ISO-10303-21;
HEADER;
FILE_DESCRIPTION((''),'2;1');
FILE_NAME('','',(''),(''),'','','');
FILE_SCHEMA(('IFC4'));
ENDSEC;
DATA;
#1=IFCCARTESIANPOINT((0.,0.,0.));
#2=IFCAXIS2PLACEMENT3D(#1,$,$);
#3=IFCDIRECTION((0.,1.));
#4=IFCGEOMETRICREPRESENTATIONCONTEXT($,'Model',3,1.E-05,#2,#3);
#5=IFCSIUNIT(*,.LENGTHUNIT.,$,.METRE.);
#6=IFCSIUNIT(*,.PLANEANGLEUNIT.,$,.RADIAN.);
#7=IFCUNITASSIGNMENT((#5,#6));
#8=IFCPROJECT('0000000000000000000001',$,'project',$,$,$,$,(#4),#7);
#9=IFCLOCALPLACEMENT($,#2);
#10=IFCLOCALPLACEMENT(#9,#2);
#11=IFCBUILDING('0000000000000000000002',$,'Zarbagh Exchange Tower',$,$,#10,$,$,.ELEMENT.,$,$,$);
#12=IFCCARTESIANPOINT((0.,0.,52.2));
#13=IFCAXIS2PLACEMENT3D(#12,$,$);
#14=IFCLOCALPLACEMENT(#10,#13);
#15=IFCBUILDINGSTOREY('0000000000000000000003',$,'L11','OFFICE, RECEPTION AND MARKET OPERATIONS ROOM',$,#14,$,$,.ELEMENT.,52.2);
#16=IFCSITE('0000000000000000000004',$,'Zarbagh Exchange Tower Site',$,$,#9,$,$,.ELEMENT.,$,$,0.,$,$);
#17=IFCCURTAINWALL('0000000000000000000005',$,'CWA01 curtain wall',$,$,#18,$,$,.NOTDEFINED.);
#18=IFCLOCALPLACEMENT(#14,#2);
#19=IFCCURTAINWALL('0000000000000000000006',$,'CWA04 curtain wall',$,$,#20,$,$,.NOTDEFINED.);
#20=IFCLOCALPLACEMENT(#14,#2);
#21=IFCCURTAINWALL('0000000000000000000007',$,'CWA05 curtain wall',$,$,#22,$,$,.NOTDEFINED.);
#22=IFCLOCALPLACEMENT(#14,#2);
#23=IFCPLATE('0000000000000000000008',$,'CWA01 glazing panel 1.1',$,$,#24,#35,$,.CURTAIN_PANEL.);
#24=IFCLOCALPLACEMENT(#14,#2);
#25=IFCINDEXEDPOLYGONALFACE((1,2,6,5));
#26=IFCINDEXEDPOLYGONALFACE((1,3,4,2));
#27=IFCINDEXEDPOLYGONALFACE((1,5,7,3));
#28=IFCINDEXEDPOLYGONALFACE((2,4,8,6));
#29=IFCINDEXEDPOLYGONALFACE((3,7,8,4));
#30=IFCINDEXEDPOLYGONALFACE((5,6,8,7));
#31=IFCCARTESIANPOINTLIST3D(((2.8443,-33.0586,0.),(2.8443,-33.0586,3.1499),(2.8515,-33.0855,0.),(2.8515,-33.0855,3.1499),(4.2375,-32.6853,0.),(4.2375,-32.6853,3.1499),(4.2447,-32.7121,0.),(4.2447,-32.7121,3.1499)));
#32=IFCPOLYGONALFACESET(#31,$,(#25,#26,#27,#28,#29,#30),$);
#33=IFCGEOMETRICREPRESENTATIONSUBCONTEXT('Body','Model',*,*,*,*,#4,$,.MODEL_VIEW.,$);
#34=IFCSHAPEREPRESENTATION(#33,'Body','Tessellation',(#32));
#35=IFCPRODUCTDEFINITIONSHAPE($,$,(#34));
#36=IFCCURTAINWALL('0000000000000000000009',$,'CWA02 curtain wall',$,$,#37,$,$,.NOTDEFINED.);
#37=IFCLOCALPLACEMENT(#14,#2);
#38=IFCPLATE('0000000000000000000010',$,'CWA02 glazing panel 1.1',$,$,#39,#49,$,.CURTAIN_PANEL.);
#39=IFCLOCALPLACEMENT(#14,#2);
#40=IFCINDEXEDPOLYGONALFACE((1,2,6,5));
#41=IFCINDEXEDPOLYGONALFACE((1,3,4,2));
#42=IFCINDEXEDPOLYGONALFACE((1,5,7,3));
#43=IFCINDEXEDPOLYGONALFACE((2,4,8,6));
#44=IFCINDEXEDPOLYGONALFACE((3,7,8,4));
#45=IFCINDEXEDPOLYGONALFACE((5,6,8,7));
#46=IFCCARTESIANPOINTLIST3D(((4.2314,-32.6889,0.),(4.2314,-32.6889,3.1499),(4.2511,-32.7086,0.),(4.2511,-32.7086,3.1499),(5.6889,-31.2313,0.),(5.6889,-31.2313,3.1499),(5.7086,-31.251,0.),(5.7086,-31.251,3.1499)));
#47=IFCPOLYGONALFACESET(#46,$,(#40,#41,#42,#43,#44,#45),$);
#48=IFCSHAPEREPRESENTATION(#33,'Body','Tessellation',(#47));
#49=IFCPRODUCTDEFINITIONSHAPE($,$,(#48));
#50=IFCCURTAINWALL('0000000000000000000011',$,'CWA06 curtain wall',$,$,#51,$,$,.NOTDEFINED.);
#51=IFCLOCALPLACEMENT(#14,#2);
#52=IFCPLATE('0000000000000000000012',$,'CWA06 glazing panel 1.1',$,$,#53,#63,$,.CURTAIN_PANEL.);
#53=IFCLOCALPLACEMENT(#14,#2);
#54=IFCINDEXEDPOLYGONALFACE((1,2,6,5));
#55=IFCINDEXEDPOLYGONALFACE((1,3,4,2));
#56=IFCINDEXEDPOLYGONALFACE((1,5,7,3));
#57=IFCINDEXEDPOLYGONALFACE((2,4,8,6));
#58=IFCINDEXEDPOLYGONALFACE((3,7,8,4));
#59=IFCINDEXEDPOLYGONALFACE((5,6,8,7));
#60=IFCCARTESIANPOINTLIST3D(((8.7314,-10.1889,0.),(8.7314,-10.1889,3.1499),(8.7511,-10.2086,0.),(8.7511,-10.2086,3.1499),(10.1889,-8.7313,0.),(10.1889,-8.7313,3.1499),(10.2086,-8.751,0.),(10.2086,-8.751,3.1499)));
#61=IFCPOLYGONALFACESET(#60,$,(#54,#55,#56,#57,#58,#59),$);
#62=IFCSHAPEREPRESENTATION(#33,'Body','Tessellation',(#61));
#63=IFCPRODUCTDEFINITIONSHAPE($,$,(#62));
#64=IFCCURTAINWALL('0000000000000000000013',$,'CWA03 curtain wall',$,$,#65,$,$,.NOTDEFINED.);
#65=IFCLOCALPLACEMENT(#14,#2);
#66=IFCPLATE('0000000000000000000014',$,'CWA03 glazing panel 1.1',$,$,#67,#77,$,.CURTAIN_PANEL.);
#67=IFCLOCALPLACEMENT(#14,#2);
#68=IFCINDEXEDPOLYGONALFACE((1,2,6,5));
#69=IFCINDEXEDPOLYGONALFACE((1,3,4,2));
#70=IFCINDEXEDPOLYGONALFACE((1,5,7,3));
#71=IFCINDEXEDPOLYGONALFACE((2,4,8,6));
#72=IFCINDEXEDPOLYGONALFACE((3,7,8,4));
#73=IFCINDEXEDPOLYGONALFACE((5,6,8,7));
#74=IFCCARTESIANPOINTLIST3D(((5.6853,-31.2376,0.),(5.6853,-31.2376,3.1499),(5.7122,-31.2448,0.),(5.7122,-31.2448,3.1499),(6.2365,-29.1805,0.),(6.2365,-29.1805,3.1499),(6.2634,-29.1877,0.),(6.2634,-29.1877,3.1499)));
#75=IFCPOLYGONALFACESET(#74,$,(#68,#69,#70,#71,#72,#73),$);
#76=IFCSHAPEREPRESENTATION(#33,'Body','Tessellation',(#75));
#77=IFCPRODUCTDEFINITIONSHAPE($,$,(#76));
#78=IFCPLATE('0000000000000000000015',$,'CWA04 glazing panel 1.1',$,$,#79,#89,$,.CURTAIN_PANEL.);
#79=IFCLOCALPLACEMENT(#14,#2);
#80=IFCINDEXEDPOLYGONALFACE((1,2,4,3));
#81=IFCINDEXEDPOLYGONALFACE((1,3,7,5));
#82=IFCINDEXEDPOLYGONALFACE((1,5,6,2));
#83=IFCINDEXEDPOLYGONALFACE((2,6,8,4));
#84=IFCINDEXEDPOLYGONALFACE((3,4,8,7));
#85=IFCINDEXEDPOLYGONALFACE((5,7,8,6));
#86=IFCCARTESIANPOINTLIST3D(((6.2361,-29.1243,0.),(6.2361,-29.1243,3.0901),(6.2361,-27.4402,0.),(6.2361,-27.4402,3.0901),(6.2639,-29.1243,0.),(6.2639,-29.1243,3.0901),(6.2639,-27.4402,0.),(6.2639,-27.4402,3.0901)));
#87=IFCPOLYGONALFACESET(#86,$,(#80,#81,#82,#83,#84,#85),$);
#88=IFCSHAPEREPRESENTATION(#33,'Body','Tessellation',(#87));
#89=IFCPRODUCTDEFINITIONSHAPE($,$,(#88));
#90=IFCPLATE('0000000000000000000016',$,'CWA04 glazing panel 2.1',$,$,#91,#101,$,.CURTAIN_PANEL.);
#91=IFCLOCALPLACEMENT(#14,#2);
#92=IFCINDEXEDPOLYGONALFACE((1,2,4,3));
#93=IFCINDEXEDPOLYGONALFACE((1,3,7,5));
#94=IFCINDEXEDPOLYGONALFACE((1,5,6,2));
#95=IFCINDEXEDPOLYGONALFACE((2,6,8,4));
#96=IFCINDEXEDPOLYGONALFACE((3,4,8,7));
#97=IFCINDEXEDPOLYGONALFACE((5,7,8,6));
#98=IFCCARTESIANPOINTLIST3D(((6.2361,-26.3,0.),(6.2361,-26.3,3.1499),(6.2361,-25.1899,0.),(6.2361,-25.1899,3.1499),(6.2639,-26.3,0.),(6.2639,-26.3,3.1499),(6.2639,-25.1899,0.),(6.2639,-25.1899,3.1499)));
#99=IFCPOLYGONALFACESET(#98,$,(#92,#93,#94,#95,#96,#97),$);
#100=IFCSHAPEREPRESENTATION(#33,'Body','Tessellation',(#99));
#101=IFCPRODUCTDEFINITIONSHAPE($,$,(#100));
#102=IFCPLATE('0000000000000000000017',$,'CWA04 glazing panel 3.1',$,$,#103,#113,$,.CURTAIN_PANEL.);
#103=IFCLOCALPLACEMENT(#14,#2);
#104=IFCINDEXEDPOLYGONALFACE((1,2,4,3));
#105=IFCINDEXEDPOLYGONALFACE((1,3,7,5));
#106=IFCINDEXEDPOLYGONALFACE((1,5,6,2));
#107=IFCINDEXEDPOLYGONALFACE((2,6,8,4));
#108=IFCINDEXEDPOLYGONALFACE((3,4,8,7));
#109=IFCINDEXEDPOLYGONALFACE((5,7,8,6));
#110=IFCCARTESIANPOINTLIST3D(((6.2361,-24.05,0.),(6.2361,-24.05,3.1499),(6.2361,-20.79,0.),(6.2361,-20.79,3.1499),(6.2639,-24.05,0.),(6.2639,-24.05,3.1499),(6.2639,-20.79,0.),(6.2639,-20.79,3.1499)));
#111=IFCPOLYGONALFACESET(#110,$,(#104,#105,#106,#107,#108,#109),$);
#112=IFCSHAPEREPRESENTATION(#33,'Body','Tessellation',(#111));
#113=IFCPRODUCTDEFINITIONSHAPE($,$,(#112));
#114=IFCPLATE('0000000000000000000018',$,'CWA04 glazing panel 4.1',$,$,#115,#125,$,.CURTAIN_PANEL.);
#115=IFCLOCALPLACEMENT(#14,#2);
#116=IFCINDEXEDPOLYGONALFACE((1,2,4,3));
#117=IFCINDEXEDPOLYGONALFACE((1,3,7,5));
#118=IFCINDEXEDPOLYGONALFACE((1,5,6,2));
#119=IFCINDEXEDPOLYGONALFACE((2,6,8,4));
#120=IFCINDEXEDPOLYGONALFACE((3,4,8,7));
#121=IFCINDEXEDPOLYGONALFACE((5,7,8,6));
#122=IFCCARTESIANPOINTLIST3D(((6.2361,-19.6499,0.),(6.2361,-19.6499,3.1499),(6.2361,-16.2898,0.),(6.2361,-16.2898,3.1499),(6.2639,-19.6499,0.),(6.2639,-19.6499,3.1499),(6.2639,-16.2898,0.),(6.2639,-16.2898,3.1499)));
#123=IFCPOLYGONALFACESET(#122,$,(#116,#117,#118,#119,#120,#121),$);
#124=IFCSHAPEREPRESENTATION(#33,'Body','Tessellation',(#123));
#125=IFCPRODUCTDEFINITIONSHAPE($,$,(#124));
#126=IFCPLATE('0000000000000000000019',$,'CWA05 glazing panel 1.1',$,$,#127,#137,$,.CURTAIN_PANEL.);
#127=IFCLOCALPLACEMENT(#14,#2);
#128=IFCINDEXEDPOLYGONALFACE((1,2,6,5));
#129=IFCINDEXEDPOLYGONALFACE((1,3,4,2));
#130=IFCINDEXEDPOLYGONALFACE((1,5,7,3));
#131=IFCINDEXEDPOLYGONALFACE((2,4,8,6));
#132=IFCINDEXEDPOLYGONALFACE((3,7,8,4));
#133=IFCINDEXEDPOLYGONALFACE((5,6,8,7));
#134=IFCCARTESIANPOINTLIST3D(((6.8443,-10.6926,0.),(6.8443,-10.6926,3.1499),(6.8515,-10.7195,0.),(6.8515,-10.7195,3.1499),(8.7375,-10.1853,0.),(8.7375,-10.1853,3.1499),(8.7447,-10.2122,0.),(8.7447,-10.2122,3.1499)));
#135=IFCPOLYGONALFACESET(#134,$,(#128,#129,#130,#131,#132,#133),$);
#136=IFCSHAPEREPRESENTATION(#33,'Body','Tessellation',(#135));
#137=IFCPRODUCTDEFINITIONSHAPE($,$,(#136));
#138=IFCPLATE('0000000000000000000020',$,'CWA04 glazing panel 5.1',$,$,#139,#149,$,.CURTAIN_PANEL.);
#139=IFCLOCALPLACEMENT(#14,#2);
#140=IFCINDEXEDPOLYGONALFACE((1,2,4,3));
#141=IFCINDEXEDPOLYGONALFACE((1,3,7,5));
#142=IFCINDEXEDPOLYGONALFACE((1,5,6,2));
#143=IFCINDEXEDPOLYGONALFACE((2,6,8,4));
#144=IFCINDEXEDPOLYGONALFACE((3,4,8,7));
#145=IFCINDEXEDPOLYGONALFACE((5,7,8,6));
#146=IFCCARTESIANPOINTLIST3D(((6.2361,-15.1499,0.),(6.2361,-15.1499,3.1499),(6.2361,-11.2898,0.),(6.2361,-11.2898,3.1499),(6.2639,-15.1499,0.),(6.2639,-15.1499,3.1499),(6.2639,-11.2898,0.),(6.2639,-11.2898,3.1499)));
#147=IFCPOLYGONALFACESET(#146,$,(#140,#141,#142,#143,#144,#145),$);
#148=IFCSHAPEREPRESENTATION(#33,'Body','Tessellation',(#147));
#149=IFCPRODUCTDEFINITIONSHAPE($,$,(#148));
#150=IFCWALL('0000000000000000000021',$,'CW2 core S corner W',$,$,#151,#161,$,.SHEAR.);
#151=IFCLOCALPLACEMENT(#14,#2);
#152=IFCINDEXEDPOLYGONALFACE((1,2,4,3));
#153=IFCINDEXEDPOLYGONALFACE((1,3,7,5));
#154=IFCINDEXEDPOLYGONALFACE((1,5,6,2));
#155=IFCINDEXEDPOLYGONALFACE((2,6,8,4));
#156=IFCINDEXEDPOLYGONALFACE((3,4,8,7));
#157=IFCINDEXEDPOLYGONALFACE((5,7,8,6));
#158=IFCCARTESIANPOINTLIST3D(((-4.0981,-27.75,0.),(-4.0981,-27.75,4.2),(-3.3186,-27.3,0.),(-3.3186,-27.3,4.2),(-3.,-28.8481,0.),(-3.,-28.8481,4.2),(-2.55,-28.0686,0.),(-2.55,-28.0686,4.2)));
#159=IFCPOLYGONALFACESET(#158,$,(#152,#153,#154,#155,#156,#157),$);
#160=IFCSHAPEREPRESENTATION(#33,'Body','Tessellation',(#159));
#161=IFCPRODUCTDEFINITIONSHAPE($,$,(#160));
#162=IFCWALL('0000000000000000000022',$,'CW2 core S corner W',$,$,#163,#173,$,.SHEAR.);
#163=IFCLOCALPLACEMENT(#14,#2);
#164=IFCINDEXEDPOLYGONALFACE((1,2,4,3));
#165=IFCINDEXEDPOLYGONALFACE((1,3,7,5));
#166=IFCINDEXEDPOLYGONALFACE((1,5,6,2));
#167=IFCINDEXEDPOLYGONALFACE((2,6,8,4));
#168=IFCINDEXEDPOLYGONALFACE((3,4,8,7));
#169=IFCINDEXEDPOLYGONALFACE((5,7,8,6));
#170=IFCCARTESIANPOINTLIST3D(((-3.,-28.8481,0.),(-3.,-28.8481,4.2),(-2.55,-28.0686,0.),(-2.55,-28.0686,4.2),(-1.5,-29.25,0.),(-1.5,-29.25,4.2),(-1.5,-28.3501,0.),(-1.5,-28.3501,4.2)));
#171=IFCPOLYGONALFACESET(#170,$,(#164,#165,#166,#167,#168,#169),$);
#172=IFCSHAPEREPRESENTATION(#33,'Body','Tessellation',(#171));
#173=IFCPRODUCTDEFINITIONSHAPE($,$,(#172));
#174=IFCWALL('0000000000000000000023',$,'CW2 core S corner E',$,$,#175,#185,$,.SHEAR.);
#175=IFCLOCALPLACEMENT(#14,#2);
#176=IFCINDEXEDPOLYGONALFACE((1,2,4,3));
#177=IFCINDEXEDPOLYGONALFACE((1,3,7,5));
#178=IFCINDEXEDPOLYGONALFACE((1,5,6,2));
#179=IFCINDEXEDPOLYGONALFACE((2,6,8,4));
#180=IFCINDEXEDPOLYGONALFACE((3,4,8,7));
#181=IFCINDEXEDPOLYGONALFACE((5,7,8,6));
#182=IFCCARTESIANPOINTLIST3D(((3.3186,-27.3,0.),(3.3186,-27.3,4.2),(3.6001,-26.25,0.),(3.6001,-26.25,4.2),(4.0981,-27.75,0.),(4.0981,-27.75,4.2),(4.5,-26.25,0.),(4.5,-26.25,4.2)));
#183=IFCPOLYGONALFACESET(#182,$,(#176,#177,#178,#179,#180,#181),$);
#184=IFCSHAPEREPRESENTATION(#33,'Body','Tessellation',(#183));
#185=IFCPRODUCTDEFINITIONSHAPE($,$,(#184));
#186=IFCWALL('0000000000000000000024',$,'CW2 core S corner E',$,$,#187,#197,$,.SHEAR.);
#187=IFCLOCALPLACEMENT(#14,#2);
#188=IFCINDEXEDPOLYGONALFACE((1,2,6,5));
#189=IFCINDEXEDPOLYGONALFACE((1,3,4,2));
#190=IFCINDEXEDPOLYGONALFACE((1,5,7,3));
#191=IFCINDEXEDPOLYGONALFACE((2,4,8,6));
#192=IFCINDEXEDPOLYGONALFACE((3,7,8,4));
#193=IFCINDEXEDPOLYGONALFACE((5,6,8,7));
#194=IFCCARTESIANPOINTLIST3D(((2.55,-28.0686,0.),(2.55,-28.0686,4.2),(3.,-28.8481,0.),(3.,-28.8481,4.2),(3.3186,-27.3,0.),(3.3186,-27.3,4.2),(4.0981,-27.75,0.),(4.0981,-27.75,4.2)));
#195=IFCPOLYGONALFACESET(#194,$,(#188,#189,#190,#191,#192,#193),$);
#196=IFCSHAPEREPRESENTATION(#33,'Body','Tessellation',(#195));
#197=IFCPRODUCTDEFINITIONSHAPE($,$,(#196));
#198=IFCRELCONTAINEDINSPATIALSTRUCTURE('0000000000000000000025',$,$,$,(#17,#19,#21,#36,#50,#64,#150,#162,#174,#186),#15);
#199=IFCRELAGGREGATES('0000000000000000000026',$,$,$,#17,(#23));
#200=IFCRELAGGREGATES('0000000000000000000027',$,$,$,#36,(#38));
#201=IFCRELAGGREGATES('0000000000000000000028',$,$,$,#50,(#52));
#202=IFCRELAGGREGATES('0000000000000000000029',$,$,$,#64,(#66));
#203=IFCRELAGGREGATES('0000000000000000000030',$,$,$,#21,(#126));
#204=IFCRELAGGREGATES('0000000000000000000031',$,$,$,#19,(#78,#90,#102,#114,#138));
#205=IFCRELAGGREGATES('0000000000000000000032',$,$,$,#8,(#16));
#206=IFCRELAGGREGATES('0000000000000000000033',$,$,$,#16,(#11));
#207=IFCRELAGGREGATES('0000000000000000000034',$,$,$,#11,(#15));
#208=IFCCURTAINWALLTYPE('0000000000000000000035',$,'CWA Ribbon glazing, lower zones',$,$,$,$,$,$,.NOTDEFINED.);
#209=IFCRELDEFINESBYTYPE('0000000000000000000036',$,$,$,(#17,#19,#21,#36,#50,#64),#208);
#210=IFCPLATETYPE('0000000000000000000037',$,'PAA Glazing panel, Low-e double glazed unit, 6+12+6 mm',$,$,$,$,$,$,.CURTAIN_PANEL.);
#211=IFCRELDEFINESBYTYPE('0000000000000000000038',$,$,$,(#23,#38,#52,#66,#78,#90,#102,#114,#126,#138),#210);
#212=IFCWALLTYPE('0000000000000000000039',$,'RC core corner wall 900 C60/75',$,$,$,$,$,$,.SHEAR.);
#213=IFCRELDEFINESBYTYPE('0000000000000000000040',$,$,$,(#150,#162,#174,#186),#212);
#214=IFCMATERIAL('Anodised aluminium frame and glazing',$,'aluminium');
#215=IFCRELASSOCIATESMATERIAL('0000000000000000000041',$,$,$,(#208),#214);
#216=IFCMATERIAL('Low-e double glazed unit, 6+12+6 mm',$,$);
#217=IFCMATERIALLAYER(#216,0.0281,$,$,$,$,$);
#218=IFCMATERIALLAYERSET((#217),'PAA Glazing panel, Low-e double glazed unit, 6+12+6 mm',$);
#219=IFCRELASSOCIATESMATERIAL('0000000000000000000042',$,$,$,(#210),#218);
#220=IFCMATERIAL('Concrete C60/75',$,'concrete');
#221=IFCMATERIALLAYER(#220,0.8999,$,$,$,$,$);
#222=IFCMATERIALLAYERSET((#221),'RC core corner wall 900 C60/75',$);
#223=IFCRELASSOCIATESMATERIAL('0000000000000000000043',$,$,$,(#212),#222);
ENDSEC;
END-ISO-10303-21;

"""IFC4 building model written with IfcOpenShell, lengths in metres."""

from ifc_helpers import new_model, si_unit, direction, frame, origin, place, context, subcontext, project, spatial, polyline, outline, extrude, source, transform, mapped, material, layer, layer_set, type_object, element, aggregate, save


model = new_model("IFC4")

# Units and contexts
model_context = context("Model", 3, precision=1e-05, world=origin(), true_north=direction((0.0, 1.0)))
body_context = subcontext(model_context, "Body", "Model", "MODEL_VIEW")
ifc_project = project(units=[si_unit("LENGTHUNIT", "METRE"), si_unit("PLANEANGLEUNIT", "RADIAN")], contexts=[model_context])

# Site, building, storey
site_placement = place(None, origin())
site = spatial("IfcSite", under=ifc_project, at=site_placement, Name="Zarbagh Exchange Tower Site", CompositionType="ELEMENT", RefElevation=0.0)
building_placement = place(site_placement, origin())
building = spatial("IfcBuilding", under=site, at=building_placement, Name="Zarbagh Exchange Tower", CompositionType="ELEMENT")
storey_placement = place(building_placement, frame((0.0, 0.0, 52.2)))
storey = spatial("IfcBuildingStorey", under=building, at=storey_placement, Name="L11", Description="OFFICE, RECEPTION AND MARKET OPERATIONS ROOM", CompositionType="ELEMENT", Elevation=52.2)

# Curtain wall
ifc_material_1 = material(Name="Anodised aluminium frame and glazing", Category="aluminium")
curtain_wall_type = type_object("IfcCurtainWallType", Name="CWA Ribbon glazing, lower zones", PredefinedType="NOTDEFINED", material=ifc_material_1)
curtain_wall_1_placement = place(storey_placement, origin())
curtain_wall_1 = element("IfcCurtainWall", 1, at=curtain_wall_1_placement, inside=storey, type_object=curtain_wall_type, Name="CWA01 curtain wall", PredefinedType="NOTDEFINED")
placement = place(storey_placement, origin())

# Curtain wall
curtain_wall_2_placement = place(storey_placement, origin())
curtain_wall_2 = element("IfcCurtainWall", 2, at=curtain_wall_2_placement, inside=storey, type_object=curtain_wall_type, Name="CWA04 curtain wall", PredefinedType="NOTDEFINED")

# Curtain wall
curtain_wall_3_placement = place(storey_placement, origin())
curtain_wall_3 = element("IfcCurtainWall", 3, at=curtain_wall_3_placement, inside=storey, type_object=curtain_wall_type, Name="CWA05 curtain wall", PredefinedType="NOTDEFINED")

# Plate
ifc_material_2 = material(Name="Low-e double glazed unit, 6+12+6 mm")
ifc_layer_1 = layer(ifc_material_2, 0.0281)
ifc_layer_set_1 = layer_set([ifc_layer_1], Name="PAA Glazing panel, Low-e double glazed unit, 6+12+6 mm")
plate_type = type_object("IfcPlateType", Name="PAA Glazing panel, Low-e double glazed unit, 6+12+6 mm", PredefinedType="CURTAIN_PANEL", material=ifc_layer_set_1)
shared_shape_1 = source(origin(), body_context, "Body", "SweptSolid", [
    extrude(outline(polyline([(0.0, -0.0139), (1.4424, -0.0139), (1.4424, 0.0139), (0.0, 0.0139), (0.0, -0.0139)])), origin(), (0.0, 0.0, 1.0), 3.1499),
])
plate_1 = element("IfcPlate", 4, at=placement, type_object=plate_type, Name="CWA01 glazing panel 1.1", PredefinedType="CURTAIN_PANEL", context=body_context, shape_type="MappedRepresentation", body=[
    mapped(shared_shape_1, transform((2.8479, -33.072, 0.0), x_axis=(0.965924, 0.258825, 0.0), y_axis=(-0.258825, 0.965924, 0.0), z_axis=(0.0, 0.0, 1.0))),
])
aggregate(curtain_wall_1, [plate_1])

# Curtain walls, plates
curtain_wall_4_placement = place(storey_placement, origin())
curtain_wall_4 = element("IfcCurtainWall", 5, at=curtain_wall_4_placement, inside=storey, type_object=curtain_wall_type, Name="CWA02 curtain wall", PredefinedType="NOTDEFINED")
shared_shape_2 = source(origin(), body_context, "Body", "SweptSolid", [
    extrude(outline(polyline([(0.0, -0.0139), (2.0613, -0.0139), (2.0613, 0.0139), (0.0, 0.0139), (0.0, -0.0139)])), origin(), (0.0, 0.0, 1.0), 3.1499),
])
plate_2 = element("IfcPlate", 6, at=placement, type_object=plate_type, Name="CWA02 glazing panel 1.1", PredefinedType="CURTAIN_PANEL", context=body_context, shape_type="MappedRepresentation", body=[
    mapped(shared_shape_2, transform((4.2412, -32.6987, 0.0), x_axis=(0.707107, 0.707107, 0.0), y_axis=(-0.707107, 0.707107, 0.0), z_axis=(0.0, 0.0, 1.0))),
])
aggregate(curtain_wall_4, [plate_2])
curtain_wall_5_placement = place(storey_placement, origin())
curtain_wall_5 = element("IfcCurtainWall", 7, at=curtain_wall_5_placement, inside=storey, type_object=curtain_wall_type, Name="CWA06 curtain wall", PredefinedType="NOTDEFINED")
plate_3 = element("IfcPlate", 8, at=placement, type_object=plate_type, Name="CWA06 glazing panel 1.1", PredefinedType="CURTAIN_PANEL", context=body_context, shape_type="MappedRepresentation", body=[
    mapped(shared_shape_2, transform((8.7412, -10.1987, 0.0), x_axis=(0.707107, 0.707107, 0.0), y_axis=(-0.707107, 0.707107, 0.0), z_axis=(0.0, 0.0, 1.0))),
])
aggregate(curtain_wall_5, [plate_3])
curtain_wall_6_placement = place(storey_placement, origin())
curtain_wall_6 = element("IfcCurtainWall", 9, at=curtain_wall_6_placement, inside=storey, type_object=curtain_wall_type, Name="CWA03 curtain wall", PredefinedType="NOTDEFINED")
shared_shape_3 = source(origin(), body_context, "Body", "SweptSolid", [
    extrude(outline(polyline([(0.0, -0.0139), (2.1296, -0.0139), (2.1296, 0.0139), (0.0, 0.0139), (0.0, -0.0139)])), origin(), (0.0, 0.0, 1.0), 3.1499),
])
plate_4 = element("IfcPlate", 10, at=placement, type_object=plate_type, Name="CWA03 glazing panel 1.1", PredefinedType="CURTAIN_PANEL", context=body_context, shape_type="MappedRepresentation", body=[
    mapped(shared_shape_3, transform((5.6987, -31.2412, 0.0), x_axis=(0.258825, 0.965924, 0.0), y_axis=(-0.965924, 0.258825, 0.0), z_axis=(0.0, 0.0, 1.0))),
])
aggregate(curtain_wall_6, [plate_4])

# Plates
shared_shape_4 = source(origin(), body_context, "Body", "SweptSolid", [
    extrude(outline(polyline([(0.0, -0.0139), (1.6841, -0.0139), (1.6841, 0.0139), (0.0, 0.0139), (0.0, -0.0139)])), origin(), (0.0, 0.0, 1.0), 3.0901),
])
plate_5 = element("IfcPlate", 11, at=placement, type_object=plate_type, Name="CWA04 glazing panel 1.1", PredefinedType="CURTAIN_PANEL", context=body_context, shape_type="MappedRepresentation", body=[
    mapped(shared_shape_4, transform((6.25, -29.1243, 0.0), x_axis=(0.0, 1.0, 0.0), y_axis=(-1.0, 0.0, 0.0), z_axis=(0.0, 0.0, 1.0))),
])
shared_shape_5 = source(origin(), body_context, "Body", "SweptSolid", [
    extrude(outline(polyline([(0.0, -0.0139), (1.1101, -0.0139), (1.1101, 0.0139), (0.0, 0.0139), (0.0, -0.0139)])), origin(), (0.0, 0.0, 1.0), 3.1499),
])
plate_6 = element("IfcPlate", 12, at=placement, type_object=plate_type, Name="CWA04 glazing panel 2.1", PredefinedType="CURTAIN_PANEL", context=body_context, shape_type="MappedRepresentation", body=[
    mapped(shared_shape_5, transform((6.25, -26.3, 0.0), x_axis=(0.0, 1.0, 0.0), y_axis=(-1.0, 0.0, 0.0), z_axis=(0.0, 0.0, 1.0))),
])
shared_shape_6 = source(origin(), body_context, "Body", "SweptSolid", [
    extrude(outline(polyline([(0.0, -0.0139), (3.26, -0.0139), (3.26, 0.0139), (0.0, 0.0139), (0.0, -0.0139)])), origin(), (0.0, 0.0, 1.0), 3.1499),
])
plate_7 = element("IfcPlate", 13, at=placement, type_object=plate_type, Name="CWA04 glazing panel 3.1", PredefinedType="CURTAIN_PANEL", context=body_context, shape_type="MappedRepresentation", body=[
    mapped(shared_shape_6, transform((6.25, -24.05, 0.0), x_axis=(0.0, 1.0, 0.0), y_axis=(-1.0, 0.0, 0.0), z_axis=(0.0, 0.0, 1.0))),
])
shared_shape_7 = source(origin(), body_context, "Body", "SweptSolid", [
    extrude(outline(polyline([(0.0, -0.0139), (3.3601, -0.0139), (3.3601, 0.0139), (0.0, 0.0139), (0.0, -0.0139)])), origin(), (0.0, 0.0, 1.0), 3.1499),
])
plate_8 = element("IfcPlate", 14, at=placement, type_object=plate_type, Name="CWA04 glazing panel 4.1", PredefinedType="CURTAIN_PANEL", context=body_context, shape_type="MappedRepresentation", body=[
    mapped(shared_shape_7, transform((6.25, -19.6499, 0.0), x_axis=(0.0, 1.0, 0.0), y_axis=(-1.0, 0.0, 0.0), z_axis=(0.0, 0.0, 1.0))),
])
shared_shape_8 = source(origin(), body_context, "Body", "SweptSolid", [
    extrude(outline(polyline([(0.0, -0.0139), (1.96, -0.0139), (1.96, 0.0139), (0.0, 0.0139), (0.0, -0.0139)])), origin(), (0.0, 0.0, 1.0), 3.1499),
])
plate_9 = element("IfcPlate", 15, at=placement, type_object=plate_type, Name="CWA05 glazing panel 1.1", PredefinedType="CURTAIN_PANEL", context=body_context, shape_type="MappedRepresentation", body=[
    mapped(shared_shape_8, transform((6.8479, -10.7061, 0.0), x_axis=(0.965924, 0.258825, 0.0), y_axis=(-0.258825, 0.965924, 0.0), z_axis=(0.0, 0.0, 1.0))),
])
aggregate(curtain_wall_3, [plate_9])
shared_shape_9 = source(origin(), body_context, "Body", "SweptSolid", [
    extrude(outline(polyline([(0.0, -0.0139), (3.8601, -0.0139), (3.8601, 0.0139), (0.0, 0.0139), (0.0, -0.0139)])), origin(), (0.0, 0.0, 1.0), 3.1499),
])
plate_10 = element("IfcPlate", 16, at=placement, type_object=plate_type, Name="CWA04 glazing panel 5.1", PredefinedType="CURTAIN_PANEL", context=body_context, shape_type="MappedRepresentation", body=[
    mapped(shared_shape_9, transform((6.25, -15.1499, 0.0), x_axis=(0.0, 1.0, 0.0), y_axis=(-1.0, 0.0, 0.0), z_axis=(0.0, 0.0, 1.0))),
])
aggregate(curtain_wall_2, [plate_5, plate_6, plate_7, plate_8, plate_10])

# Walls
ifc_material_3 = material(Name="Concrete C60/75", Category="concrete")
ifc_layer_2 = layer(ifc_material_3, 0.8999)
ifc_layer_set_2 = layer_set([ifc_layer_2], Name="RC core corner wall 900 C60/75")
wall_type = type_object("IfcWallType", Name="RC core corner wall 900 C60/75", PredefinedType="SHEAR", material=ifc_layer_set_2)
wall_1_placement = place(storey_placement, origin())
element("IfcWall", 17, at=wall_1_placement, inside=storey, type_object=wall_type, Name="CW2 core S corner W", PredefinedType="SHEAR", context=body_context, shape_type="SweptSolid", body=[
    extrude(outline(polyline([(-4.0981, -27.75), (-3.0, -28.8481), (-2.55, -28.0686), (-3.3186, -27.3), (-4.0981, -27.75)])), origin(), (0.0, 0.0, 1.0), 4.2),
])
wall_2_placement = place(storey_placement, origin())
element("IfcWall", 18, at=wall_2_placement, inside=storey, type_object=wall_type, Name="CW2 core S corner W", PredefinedType="SHEAR", context=body_context, shape_type="SweptSolid", body=[
    extrude(outline(polyline([(-3.0, -28.8481), (-1.5, -29.25), (-1.5, -28.3501), (-2.55, -28.0686), (-3.0, -28.8481)])), origin(), (0.0, 0.0, 1.0), 4.2),
])
wall_3_placement = place(storey_placement, origin())
element("IfcWall", 19, at=wall_3_placement, inside=storey, type_object=wall_type, Name="CW2 core S corner E", PredefinedType="SHEAR", context=body_context, shape_type="SweptSolid", body=[
    extrude(outline(polyline([(4.5, -26.25), (4.0981, -27.75), (3.3186, -27.3), (3.6001, -26.25), (4.5, -26.25)])), origin(), (0.0, 0.0, 1.0), 4.2),
])
wall_4_placement = place(storey_placement, origin())
element("IfcWall", 20, at=wall_4_placement, inside=storey, type_object=wall_type, Name="CW2 core S corner E", PredefinedType="SHEAR", context=body_context, shape_type="SweptSolid", body=[
    extrude(outline(polyline([(4.0981, -27.75), (3.0, -28.8481), (2.55, -28.0686), (3.3186, -27.3), (4.0981, -27.75)])), origin(), (0.0, 0.0, 1.0), 4.2),
])

save(model, "model.ifc")
